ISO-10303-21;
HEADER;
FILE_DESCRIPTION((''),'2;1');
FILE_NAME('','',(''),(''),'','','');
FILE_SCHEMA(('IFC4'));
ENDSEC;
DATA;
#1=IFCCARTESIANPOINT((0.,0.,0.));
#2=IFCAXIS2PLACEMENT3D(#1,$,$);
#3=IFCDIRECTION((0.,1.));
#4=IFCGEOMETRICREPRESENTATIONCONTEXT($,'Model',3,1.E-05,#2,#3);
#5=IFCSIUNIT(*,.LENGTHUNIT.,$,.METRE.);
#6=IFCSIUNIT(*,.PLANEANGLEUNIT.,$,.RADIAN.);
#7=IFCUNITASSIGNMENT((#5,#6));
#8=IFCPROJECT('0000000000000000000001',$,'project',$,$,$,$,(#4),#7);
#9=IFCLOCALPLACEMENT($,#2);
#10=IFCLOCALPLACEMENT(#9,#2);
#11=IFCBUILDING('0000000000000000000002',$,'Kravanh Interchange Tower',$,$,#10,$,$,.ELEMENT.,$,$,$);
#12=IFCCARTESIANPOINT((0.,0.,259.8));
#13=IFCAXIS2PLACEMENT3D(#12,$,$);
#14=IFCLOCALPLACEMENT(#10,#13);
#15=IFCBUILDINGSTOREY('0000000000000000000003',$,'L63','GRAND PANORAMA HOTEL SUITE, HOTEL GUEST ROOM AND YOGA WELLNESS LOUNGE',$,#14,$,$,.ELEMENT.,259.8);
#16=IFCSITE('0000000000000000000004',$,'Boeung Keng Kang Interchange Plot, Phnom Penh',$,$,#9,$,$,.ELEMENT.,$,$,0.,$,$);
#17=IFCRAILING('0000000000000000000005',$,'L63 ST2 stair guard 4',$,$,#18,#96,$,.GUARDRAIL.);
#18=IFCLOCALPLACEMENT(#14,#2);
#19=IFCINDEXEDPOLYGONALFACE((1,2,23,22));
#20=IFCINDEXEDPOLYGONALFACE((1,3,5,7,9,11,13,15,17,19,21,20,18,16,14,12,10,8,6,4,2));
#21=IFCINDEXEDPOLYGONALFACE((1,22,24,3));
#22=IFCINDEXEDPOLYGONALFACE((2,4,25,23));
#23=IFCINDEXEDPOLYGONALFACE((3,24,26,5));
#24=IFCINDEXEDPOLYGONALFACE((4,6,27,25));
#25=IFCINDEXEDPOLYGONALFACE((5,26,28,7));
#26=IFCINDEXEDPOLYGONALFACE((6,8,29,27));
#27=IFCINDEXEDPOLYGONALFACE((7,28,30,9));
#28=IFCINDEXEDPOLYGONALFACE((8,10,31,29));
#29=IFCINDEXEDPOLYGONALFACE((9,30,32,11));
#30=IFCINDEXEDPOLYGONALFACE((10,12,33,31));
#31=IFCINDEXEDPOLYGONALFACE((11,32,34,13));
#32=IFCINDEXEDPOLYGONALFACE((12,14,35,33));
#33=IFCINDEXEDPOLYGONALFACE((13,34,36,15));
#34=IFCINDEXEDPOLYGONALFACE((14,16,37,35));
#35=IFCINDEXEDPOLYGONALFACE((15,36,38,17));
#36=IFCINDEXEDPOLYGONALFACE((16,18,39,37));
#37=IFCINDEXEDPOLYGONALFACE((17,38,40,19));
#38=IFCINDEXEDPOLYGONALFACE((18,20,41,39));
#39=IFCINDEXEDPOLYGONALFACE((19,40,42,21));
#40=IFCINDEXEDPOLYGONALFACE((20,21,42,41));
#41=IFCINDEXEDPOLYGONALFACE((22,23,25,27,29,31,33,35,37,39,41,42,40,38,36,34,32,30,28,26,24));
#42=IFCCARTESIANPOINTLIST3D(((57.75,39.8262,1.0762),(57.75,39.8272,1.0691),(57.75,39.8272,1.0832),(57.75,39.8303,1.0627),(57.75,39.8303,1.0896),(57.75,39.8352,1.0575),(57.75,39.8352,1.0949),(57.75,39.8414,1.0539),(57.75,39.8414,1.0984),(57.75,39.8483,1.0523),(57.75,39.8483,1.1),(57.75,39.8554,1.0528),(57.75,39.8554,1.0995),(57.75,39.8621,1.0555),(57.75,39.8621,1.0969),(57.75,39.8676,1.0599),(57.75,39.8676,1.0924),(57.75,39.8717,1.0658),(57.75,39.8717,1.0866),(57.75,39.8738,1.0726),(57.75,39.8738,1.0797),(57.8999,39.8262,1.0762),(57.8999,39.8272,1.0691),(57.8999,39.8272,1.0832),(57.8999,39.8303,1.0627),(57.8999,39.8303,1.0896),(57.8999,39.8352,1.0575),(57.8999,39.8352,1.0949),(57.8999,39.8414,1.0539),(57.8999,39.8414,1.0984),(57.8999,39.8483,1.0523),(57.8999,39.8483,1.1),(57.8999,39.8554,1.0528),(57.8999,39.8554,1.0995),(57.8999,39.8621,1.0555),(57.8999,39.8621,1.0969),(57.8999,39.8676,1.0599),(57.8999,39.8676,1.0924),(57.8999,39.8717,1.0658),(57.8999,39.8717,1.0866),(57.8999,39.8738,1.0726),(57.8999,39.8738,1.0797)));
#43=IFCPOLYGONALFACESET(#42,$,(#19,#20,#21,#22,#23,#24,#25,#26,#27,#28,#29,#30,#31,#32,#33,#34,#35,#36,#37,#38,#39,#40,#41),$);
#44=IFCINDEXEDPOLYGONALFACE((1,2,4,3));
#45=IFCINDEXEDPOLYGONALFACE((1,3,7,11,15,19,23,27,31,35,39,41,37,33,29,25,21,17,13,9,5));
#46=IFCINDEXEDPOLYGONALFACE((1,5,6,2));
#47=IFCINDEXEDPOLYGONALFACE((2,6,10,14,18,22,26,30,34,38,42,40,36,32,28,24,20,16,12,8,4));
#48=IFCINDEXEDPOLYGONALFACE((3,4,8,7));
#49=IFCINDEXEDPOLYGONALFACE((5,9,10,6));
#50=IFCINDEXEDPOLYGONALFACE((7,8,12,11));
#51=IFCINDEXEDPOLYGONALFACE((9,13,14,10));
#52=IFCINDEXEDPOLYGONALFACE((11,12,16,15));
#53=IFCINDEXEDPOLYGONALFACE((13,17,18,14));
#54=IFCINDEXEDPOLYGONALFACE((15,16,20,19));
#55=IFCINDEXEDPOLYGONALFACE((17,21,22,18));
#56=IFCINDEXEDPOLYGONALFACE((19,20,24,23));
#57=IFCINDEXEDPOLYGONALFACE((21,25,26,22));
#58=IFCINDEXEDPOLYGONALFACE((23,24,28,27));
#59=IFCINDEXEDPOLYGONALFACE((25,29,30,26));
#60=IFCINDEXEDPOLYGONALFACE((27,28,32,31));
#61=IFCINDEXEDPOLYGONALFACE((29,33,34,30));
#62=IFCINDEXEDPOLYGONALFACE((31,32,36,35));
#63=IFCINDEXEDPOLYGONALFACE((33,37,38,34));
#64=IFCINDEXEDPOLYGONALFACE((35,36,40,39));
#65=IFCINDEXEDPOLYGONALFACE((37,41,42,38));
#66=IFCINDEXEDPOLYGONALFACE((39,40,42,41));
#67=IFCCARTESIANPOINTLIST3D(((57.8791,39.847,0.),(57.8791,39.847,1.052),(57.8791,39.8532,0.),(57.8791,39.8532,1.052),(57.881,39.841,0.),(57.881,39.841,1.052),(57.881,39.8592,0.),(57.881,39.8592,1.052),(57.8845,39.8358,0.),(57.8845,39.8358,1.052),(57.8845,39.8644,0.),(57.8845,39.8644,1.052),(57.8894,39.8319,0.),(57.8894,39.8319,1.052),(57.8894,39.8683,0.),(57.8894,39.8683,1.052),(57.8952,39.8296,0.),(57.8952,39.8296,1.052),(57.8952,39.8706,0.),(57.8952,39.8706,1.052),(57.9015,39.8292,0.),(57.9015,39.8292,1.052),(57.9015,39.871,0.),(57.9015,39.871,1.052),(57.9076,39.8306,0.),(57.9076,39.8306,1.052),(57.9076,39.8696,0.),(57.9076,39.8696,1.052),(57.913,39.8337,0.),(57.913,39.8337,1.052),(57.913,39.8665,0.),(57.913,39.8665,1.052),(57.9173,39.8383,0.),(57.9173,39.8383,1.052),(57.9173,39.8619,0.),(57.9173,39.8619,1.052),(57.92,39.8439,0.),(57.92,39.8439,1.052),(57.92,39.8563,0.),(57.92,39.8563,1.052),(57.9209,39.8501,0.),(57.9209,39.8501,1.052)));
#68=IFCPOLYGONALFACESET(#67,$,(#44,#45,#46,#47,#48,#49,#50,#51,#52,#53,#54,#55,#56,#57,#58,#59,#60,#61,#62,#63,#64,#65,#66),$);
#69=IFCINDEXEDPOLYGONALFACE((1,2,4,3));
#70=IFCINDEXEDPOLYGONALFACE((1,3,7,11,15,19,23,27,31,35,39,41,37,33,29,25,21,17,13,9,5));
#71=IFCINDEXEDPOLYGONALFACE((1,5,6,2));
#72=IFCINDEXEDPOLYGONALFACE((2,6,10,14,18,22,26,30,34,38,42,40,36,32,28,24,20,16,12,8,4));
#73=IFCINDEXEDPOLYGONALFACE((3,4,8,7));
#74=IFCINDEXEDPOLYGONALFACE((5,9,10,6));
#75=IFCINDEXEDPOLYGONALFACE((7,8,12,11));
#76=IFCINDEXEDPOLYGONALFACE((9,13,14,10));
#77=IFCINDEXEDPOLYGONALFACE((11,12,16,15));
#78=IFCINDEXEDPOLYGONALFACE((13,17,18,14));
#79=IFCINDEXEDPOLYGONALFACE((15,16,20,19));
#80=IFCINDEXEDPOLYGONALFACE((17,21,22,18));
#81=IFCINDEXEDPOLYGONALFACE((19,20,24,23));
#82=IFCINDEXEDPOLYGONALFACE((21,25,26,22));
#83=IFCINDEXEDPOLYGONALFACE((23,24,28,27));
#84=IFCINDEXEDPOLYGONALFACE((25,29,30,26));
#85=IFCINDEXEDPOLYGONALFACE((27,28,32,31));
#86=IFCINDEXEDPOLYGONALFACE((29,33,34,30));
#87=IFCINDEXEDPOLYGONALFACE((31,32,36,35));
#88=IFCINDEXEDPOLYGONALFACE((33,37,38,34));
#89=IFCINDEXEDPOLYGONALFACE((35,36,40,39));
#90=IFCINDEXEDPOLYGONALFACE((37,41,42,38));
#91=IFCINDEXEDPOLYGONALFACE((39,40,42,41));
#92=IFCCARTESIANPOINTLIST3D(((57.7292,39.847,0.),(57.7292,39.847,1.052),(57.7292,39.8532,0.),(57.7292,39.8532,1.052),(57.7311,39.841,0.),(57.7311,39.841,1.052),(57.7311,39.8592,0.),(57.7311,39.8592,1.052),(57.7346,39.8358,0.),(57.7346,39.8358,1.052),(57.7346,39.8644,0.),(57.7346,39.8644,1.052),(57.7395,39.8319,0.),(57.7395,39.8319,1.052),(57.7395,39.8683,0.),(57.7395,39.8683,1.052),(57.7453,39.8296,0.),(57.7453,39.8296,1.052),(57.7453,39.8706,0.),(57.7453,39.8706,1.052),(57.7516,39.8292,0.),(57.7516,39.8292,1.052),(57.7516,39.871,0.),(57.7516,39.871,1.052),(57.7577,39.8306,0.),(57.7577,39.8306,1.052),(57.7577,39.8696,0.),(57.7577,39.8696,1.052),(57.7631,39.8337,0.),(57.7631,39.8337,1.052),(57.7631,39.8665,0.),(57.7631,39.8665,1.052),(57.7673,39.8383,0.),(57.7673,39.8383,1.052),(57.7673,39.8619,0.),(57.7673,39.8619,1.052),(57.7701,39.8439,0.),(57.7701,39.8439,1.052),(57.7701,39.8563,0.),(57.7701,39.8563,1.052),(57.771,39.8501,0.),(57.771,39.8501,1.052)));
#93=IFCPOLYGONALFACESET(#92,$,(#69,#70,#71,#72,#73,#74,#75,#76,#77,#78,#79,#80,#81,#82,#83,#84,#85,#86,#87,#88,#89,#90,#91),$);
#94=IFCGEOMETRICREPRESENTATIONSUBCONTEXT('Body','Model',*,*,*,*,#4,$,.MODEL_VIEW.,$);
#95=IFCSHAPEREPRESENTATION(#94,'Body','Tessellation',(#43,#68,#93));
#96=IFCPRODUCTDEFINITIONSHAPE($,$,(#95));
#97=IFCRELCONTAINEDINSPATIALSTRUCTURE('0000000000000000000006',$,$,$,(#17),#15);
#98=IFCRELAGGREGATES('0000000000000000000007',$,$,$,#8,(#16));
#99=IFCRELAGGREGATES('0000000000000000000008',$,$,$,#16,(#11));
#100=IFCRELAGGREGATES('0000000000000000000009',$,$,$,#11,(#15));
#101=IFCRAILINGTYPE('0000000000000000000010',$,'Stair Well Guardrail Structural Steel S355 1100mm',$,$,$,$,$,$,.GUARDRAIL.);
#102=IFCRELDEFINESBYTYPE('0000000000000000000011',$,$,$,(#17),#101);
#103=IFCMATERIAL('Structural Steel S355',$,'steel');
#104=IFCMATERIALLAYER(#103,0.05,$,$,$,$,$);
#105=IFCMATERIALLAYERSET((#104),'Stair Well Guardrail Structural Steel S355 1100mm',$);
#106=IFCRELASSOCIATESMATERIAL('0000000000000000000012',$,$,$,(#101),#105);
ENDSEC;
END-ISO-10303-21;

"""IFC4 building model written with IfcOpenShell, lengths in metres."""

from ifc_helpers import new_model, si_unit, direction, frame, origin, origin_2d, place, context, subcontext, project, spatial, circle, extrude, material, layer, layer_set, type_object, element, save


model = new_model("IFC4")

# Units and contexts
model_context = context("Model", 3, precision=1e-05, world=origin(), true_north=direction((0.0, 1.0)))
body_context = subcontext(model_context, "Body", "Model", "MODEL_VIEW")
ifc_project = project(units=[si_unit("LENGTHUNIT", "METRE"), si_unit("PLANEANGLEUNIT", "RADIAN")], contexts=[model_context])

# Site, building, storey
site_placement = place(None, origin())
site = spatial("IfcSite", under=ifc_project, at=site_placement, Name="Boeung Keng Kang Interchange Plot, Phnom Penh", CompositionType="ELEMENT", RefElevation=0.0)
building_placement = place(site_placement, origin())
building = spatial("IfcBuilding", under=site, at=building_placement, Name="Kravanh Interchange Tower", CompositionType="ELEMENT")
storey_placement = place(building_placement, frame((0.0, 0.0, 259.8)))
storey = spatial("IfcBuildingStorey", under=building, at=storey_placement, Name="L63", Description="GRAND PANORAMA HOTEL SUITE, HOTEL GUEST ROOM AND YOGA WELLNESS LOUNGE", CompositionType="ELEMENT", Elevation=259.8)

# Railing
ifc_material_1 = material(Name="Structural Steel S355", Category="steel")
ifc_layer_1 = layer(ifc_material_1, 0.05)
ifc_layer_set_1 = layer_set([ifc_layer_1], Name="Stair Well Guardrail Structural Steel S355 1100mm")
railing_type_1 = type_object("IfcRailingType", Name="Stair Well Guardrail Structural Steel S355 1100mm", PredefinedType="GUARDRAIL", material=ifc_layer_set_1)
railing_1_placement = place(storey_placement, frame((57.8999, 39.8501, 0.0)))
element("IfcRailing", 1, at=railing_1_placement, inside=storey, type_object=railing_type_1, Name="L63 ST2 stair guard 4", PredefinedType="GUARDRAIL", context=body_context, shape_type="SweptSolid", body=[
    extrude(circle(Radius=0.0239, at=origin_2d()), frame((0.0, 0.0, 1.0762), z_axis=(-1.0, 0.0, 0.0), x_axis=(0.0, -1.0, 0.0)), (0.0, 0.0, 1.0), 0.1499),
    extrude(circle(Radius=0.021, at=origin_2d()), origin(), (0.0, 0.0, 1.0), 1.052),
    extrude(circle(Radius=0.021, at=origin_2d()), frame((-0.1499, 0.0, 0.0)), (0.0, 0.0, 1.0), 1.052),
])

save(model, "model.ifc")
